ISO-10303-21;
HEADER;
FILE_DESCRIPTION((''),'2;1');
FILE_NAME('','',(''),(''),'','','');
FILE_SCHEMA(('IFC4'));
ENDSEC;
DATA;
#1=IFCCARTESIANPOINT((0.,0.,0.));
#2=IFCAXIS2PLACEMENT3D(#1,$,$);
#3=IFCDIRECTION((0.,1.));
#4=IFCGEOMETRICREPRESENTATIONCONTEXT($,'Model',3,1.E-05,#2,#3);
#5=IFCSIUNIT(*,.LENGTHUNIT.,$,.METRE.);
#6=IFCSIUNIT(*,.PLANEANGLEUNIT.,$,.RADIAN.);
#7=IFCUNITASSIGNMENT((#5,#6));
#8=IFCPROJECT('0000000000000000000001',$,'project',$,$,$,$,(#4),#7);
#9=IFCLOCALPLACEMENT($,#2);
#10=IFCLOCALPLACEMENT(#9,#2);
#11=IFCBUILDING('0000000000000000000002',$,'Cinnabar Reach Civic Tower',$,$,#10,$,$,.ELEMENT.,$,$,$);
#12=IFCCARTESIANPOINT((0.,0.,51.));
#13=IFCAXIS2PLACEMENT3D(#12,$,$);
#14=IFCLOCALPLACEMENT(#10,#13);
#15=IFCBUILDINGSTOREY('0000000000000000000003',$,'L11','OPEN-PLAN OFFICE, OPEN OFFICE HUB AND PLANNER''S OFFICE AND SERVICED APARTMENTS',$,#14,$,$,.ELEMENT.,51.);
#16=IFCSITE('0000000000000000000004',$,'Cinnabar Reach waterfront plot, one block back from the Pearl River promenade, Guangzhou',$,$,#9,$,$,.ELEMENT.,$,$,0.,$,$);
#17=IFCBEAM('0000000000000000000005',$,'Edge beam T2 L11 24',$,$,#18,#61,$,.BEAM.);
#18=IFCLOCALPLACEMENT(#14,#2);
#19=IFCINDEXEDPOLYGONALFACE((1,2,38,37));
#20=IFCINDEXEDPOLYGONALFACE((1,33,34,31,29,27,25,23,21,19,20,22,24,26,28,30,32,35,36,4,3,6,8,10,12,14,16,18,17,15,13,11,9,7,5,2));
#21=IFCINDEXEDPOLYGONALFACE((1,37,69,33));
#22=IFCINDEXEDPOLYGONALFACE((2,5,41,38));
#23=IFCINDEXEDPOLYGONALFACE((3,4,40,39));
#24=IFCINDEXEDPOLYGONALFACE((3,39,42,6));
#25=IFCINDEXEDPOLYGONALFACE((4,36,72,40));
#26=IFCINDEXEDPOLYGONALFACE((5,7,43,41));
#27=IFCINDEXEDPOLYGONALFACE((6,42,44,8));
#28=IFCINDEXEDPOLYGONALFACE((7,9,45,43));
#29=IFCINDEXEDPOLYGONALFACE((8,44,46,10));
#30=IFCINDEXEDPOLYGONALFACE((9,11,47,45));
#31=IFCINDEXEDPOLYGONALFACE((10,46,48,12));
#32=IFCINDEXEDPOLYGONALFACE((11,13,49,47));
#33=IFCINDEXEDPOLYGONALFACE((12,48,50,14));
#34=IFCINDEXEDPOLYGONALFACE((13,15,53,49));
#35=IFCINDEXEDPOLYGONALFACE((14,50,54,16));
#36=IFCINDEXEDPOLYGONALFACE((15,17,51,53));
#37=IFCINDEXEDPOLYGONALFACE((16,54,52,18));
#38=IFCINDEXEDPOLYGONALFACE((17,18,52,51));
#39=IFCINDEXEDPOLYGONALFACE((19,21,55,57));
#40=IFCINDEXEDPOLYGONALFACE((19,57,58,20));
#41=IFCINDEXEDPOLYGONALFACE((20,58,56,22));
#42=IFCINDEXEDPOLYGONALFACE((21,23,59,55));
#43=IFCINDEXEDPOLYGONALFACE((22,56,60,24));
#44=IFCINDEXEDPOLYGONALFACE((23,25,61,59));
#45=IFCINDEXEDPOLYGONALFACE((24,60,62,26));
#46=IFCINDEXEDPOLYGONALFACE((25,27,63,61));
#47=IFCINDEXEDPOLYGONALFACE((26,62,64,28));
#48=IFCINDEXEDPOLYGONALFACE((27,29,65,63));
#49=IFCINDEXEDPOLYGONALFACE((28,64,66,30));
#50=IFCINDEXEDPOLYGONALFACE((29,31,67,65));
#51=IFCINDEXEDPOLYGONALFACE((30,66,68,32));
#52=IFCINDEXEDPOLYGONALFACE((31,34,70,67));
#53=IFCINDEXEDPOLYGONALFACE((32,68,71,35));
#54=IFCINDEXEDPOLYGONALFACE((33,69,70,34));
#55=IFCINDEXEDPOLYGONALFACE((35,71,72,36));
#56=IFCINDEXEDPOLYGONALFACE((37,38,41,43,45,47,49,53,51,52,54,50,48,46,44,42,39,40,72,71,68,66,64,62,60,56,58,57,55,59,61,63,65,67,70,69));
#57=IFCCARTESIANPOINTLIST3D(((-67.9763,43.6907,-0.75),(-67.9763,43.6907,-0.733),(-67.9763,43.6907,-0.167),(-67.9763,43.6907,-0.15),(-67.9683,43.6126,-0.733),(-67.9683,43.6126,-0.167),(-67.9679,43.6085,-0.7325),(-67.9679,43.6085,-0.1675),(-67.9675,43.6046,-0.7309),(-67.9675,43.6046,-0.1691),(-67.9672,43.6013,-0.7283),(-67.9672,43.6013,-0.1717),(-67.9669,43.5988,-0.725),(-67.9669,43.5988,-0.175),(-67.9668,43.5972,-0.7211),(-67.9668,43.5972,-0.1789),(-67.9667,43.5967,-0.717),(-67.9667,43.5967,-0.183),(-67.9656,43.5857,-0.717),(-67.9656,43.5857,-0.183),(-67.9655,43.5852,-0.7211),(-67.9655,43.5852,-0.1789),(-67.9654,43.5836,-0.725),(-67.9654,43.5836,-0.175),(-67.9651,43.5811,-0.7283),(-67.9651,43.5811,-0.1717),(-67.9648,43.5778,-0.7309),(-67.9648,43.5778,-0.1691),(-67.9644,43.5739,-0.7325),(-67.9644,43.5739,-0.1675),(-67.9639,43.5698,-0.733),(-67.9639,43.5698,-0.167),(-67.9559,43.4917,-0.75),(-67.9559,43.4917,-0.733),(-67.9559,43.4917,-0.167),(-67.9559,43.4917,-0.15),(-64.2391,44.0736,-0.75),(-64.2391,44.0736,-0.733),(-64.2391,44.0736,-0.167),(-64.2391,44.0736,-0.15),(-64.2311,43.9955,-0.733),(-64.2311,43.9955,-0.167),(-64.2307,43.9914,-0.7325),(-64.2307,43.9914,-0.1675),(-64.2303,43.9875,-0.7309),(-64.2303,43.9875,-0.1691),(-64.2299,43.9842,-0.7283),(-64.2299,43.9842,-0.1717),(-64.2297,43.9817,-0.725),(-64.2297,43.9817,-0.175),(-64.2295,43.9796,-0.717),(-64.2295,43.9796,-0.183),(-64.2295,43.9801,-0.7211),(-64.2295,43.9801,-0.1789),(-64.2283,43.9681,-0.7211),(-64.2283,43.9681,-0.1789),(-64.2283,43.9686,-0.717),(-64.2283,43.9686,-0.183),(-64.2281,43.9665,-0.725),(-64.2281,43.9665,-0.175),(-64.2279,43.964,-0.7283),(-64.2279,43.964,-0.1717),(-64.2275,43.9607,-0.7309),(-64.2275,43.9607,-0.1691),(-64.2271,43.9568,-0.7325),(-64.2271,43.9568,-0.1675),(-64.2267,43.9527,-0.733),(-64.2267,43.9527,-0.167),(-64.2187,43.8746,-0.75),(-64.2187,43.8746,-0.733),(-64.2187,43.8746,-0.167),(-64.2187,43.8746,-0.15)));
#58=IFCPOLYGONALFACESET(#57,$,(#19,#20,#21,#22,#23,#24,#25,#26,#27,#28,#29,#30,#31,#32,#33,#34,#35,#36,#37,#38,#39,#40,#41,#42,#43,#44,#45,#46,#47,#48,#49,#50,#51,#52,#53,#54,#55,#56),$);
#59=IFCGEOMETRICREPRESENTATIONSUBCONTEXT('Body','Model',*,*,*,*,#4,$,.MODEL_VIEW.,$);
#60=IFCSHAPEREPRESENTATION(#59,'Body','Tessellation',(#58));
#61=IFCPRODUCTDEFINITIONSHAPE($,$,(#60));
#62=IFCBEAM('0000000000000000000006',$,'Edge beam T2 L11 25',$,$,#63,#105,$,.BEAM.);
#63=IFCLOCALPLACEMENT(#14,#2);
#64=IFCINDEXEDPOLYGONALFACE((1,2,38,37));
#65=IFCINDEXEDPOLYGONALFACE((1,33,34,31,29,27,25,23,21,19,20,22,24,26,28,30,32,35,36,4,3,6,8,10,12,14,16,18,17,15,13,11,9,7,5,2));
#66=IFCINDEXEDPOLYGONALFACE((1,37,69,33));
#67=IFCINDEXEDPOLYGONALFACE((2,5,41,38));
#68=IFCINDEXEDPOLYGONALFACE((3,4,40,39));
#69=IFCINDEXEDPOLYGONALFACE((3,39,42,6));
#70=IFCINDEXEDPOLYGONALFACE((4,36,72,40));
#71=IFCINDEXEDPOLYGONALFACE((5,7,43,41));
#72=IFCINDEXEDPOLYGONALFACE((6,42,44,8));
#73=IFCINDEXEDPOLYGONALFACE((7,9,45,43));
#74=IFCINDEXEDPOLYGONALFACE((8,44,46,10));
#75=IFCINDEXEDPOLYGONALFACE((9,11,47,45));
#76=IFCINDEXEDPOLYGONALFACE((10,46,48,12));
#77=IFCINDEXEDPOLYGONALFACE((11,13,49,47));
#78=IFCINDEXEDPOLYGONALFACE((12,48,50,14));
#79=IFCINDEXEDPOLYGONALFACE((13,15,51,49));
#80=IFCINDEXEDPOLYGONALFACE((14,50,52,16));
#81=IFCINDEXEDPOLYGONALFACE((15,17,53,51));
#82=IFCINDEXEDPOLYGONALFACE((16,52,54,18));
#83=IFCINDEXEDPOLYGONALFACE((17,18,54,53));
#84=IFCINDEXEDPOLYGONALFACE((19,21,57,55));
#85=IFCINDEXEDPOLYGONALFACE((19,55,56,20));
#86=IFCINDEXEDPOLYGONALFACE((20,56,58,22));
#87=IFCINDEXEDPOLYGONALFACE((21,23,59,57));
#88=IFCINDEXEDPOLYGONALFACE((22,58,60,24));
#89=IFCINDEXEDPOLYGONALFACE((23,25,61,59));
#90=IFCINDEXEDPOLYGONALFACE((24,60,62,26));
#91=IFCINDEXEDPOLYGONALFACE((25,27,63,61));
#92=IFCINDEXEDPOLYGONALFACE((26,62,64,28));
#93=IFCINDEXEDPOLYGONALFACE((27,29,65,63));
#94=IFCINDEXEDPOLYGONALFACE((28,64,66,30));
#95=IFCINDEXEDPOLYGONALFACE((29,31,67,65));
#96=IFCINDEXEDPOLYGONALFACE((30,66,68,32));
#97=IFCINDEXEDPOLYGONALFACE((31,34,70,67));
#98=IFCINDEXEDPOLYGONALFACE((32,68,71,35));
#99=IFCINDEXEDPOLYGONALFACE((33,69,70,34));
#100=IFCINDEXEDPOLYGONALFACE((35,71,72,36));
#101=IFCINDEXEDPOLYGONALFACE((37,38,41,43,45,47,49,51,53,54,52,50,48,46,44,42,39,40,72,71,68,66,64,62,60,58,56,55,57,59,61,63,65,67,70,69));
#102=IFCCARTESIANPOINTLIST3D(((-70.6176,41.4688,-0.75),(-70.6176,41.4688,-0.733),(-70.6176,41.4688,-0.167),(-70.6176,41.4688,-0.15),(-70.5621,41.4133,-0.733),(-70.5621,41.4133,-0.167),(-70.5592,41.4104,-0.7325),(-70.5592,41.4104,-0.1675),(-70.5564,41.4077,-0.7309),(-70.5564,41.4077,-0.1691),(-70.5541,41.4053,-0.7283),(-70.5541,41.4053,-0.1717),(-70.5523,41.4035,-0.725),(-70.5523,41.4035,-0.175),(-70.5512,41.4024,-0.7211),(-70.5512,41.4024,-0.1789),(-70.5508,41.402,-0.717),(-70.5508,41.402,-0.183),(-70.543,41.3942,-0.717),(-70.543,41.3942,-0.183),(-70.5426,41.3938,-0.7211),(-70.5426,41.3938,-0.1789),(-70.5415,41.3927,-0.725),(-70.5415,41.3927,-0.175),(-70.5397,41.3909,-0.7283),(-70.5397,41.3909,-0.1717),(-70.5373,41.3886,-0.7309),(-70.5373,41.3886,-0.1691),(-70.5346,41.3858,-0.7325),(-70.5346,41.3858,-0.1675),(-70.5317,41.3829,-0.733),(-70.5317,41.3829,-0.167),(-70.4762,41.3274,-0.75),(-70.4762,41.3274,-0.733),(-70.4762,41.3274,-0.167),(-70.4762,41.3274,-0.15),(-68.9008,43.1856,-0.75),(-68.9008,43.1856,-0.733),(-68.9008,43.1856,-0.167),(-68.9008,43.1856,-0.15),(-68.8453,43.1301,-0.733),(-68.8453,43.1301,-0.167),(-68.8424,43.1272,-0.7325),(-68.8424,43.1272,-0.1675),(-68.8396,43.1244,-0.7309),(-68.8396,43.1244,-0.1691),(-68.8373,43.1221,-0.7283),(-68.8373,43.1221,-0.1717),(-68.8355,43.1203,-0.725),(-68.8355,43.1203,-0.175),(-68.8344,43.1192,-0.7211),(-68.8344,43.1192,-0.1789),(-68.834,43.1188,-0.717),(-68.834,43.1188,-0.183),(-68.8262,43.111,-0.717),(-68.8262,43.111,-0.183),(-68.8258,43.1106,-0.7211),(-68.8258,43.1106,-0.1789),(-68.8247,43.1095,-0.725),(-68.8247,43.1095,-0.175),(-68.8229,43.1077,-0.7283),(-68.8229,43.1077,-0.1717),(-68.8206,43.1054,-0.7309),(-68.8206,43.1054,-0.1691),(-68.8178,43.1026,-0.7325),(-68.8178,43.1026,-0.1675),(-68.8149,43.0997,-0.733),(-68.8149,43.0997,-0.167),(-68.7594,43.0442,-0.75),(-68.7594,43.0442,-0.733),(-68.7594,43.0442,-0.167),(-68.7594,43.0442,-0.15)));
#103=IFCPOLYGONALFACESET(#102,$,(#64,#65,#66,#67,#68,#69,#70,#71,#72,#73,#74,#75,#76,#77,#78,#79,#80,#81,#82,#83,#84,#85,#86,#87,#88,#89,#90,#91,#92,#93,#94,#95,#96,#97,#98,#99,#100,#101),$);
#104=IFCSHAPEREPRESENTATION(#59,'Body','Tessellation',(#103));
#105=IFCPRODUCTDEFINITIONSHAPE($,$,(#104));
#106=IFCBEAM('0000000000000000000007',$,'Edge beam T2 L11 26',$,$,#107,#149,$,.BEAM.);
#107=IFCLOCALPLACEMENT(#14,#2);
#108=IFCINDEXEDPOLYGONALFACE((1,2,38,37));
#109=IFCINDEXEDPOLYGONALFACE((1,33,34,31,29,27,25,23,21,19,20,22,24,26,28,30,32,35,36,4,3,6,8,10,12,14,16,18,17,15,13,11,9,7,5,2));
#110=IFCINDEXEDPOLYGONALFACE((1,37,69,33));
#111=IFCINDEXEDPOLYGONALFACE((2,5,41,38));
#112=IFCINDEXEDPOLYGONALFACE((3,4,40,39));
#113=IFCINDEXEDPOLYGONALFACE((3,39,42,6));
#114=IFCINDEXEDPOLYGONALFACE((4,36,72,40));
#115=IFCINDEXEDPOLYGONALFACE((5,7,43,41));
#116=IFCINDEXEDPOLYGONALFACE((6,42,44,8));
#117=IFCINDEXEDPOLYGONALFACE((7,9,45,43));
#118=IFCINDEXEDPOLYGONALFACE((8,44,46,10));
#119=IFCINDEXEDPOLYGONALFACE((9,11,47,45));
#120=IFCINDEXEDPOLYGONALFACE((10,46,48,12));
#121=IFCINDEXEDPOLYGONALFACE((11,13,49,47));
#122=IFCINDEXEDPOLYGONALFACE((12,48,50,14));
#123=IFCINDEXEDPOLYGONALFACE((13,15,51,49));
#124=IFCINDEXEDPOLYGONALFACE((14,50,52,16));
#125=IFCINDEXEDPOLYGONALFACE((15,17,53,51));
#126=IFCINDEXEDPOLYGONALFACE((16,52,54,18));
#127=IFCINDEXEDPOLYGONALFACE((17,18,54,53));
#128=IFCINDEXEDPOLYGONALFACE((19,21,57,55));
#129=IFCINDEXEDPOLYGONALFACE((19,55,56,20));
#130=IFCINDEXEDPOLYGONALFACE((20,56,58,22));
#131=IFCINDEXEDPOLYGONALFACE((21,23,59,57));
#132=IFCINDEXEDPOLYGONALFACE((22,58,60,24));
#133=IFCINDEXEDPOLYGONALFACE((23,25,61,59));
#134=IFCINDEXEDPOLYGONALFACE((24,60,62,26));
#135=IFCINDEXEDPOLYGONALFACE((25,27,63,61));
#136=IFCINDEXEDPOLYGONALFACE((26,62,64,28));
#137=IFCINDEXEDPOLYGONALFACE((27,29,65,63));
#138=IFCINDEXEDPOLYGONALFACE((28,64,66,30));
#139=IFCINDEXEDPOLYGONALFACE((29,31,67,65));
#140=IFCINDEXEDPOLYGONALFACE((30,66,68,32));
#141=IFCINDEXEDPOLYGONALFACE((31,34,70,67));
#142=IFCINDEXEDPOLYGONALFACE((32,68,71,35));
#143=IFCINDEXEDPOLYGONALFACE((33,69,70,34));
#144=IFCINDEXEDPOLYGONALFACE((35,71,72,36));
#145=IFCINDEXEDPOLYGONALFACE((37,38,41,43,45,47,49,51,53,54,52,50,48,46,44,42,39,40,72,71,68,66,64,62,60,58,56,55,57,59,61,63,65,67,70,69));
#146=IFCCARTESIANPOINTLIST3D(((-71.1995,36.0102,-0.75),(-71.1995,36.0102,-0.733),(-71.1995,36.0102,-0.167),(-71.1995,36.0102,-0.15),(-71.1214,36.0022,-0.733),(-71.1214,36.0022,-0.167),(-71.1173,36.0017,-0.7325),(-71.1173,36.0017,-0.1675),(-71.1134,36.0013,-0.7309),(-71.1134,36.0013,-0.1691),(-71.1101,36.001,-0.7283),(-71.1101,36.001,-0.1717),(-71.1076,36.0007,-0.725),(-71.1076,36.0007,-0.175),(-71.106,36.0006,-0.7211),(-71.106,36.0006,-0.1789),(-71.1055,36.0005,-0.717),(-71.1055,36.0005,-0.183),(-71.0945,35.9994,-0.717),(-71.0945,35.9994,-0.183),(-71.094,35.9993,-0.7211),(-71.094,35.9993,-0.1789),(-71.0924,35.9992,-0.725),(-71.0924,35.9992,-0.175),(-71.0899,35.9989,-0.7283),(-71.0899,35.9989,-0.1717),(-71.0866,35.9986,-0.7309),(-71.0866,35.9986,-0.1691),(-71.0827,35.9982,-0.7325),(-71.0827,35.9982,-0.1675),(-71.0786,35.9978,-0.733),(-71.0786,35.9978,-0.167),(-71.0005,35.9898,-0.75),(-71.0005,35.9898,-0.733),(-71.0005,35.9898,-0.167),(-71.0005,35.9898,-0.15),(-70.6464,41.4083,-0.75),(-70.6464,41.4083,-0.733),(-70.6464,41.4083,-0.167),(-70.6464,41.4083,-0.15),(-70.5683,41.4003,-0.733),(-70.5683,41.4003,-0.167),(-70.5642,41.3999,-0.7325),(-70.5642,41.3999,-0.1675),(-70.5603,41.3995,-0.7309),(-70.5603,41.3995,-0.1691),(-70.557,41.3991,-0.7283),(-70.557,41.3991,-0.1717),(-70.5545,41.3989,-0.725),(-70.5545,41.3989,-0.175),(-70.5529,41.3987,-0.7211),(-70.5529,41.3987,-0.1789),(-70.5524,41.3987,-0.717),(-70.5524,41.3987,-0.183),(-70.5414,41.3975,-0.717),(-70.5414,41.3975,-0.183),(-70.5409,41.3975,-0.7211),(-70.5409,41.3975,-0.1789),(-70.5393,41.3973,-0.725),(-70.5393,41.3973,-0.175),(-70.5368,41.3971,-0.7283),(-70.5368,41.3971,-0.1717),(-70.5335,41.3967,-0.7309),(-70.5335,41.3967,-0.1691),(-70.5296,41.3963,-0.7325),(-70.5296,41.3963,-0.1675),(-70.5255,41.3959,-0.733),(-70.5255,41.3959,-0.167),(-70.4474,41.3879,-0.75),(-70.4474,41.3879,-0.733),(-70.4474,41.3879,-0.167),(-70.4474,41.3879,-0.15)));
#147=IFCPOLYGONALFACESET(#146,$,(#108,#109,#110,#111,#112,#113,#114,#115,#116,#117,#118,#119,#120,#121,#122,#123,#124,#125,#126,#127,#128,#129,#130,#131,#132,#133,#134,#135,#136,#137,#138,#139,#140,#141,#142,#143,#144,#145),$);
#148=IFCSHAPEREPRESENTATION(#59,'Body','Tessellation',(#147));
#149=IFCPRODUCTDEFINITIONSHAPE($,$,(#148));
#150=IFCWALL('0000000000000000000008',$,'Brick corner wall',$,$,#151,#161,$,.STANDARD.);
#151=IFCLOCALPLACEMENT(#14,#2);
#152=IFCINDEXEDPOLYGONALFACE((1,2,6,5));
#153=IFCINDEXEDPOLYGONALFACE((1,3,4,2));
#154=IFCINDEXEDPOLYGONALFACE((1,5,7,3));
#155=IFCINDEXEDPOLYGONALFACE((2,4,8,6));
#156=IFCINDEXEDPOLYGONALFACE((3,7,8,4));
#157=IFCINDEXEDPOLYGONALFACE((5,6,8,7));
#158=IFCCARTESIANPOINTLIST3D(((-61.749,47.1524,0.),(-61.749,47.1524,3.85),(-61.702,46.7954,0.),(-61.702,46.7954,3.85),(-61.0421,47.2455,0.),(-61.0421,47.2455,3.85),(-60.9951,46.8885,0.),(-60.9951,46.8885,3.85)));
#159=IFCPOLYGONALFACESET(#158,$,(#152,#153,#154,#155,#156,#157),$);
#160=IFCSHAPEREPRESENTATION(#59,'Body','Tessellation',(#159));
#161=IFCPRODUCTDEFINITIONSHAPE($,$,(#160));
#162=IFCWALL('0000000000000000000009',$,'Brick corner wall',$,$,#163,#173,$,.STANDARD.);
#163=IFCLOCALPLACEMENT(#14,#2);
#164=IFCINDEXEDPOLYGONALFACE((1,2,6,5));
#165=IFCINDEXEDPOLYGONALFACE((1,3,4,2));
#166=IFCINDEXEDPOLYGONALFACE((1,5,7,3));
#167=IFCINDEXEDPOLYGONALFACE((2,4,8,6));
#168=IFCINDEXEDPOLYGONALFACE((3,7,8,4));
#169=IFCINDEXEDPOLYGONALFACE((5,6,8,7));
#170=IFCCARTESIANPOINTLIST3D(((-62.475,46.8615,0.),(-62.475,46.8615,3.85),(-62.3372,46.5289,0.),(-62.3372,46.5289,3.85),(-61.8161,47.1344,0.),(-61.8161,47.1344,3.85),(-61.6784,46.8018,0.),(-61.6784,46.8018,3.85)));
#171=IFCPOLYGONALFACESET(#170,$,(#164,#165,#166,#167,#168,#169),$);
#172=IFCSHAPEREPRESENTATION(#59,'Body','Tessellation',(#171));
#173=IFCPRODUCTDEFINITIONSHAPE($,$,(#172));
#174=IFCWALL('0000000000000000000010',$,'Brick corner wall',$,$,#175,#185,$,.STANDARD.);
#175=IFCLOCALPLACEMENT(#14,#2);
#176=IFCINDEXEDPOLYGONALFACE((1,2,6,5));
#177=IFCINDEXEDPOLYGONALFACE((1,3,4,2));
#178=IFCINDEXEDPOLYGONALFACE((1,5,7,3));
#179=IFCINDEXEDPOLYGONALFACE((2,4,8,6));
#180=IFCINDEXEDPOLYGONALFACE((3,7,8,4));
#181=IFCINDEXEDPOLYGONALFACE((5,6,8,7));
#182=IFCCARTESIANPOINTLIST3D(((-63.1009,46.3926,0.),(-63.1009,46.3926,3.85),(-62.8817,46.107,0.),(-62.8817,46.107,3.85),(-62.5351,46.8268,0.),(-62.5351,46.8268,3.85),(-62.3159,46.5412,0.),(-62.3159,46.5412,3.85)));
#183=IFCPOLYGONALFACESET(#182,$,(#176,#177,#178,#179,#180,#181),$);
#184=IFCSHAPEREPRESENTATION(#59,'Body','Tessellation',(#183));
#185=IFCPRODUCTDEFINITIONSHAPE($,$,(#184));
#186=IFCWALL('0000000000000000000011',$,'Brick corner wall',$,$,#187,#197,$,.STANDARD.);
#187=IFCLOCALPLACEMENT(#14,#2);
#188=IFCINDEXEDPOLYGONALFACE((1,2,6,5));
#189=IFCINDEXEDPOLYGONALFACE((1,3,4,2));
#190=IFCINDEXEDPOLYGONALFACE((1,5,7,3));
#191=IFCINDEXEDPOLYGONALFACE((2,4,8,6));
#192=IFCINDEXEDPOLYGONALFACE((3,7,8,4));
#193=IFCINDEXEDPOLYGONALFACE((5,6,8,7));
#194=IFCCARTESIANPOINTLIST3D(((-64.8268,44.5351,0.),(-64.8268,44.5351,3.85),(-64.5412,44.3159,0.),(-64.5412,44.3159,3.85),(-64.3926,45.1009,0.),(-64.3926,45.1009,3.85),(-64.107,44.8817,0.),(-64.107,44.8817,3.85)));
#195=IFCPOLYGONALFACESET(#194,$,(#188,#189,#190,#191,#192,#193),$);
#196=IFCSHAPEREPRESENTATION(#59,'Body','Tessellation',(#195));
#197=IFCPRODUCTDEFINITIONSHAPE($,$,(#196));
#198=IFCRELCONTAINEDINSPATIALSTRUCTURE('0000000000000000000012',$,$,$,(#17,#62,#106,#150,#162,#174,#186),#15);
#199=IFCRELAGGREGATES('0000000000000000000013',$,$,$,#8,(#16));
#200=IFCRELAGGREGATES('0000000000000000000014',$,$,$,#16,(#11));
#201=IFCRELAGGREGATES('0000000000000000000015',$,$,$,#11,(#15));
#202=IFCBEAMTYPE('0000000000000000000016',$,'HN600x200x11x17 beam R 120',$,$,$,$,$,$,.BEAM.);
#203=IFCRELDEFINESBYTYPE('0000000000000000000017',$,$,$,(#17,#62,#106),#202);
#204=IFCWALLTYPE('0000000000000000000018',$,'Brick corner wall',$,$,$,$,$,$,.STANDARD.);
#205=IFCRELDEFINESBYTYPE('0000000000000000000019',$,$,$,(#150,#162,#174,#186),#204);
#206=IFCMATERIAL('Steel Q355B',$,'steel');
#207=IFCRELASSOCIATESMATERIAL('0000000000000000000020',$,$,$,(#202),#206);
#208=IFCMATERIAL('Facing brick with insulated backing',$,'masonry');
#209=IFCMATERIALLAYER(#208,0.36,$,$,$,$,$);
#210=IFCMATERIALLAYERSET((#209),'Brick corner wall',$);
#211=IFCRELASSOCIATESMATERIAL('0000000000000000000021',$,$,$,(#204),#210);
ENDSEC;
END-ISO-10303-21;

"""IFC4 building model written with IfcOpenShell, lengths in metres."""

from ifc_helpers import new_model, si_unit, direction, frame, frame_2d, origin, origin_2d, place, context, subcontext, project, spatial, rectangle, i_section, extrude, material, layer, layer_set, material_profile, profile_set, type_object, element, save


model = new_model("IFC4")

# Units and contexts
model_context = context("Model", 3, precision=1e-05, world=origin(), true_north=direction((0.0, 1.0)))
body_context = subcontext(model_context, "Body", "Model", "MODEL_VIEW")
ifc_project = project(units=[si_unit("LENGTHUNIT", "METRE"), si_unit("PLANEANGLEUNIT", "RADIAN")], contexts=[model_context])

# Site, building, storey
site_placement = place(None, origin())
site = spatial("IfcSite", under=ifc_project, at=site_placement, Name="Cinnabar Reach waterfront plot, one block back from the Pearl River promenade, Guangzhou", CompositionType="ELEMENT", RefElevation=0.0)
building_placement = place(site_placement, origin())
building = spatial("IfcBuilding", under=site, at=building_placement, Name="Cinnabar Reach Civic Tower", CompositionType="ELEMENT")
storey_placement = place(building_placement, frame((0.0, 0.0, 51.0)))
storey = spatial("IfcBuildingStorey", under=building, at=storey_placement, Name="L11", Description="OPEN-PLAN OFFICE, OPEN OFFICE HUB AND PLANNER'S OFFICE AND SERVICED APARTMENTS", CompositionType="ELEMENT", Elevation=51.0)

# Beams
ifc_material_1 = material(Name="Steel Q355B", Category="steel")
ifc_material_profile_1 = material_profile(ifc_material_1, i_section(OverallWidth=0.2, OverallDepth=0.6, WebThickness=0.011, FlangeThickness=0.017, FilletRadius=0.016, at=origin_2d()), Name="HN600x200x11x17")
ifc_profile_set_1 = profile_set([ifc_material_profile_1], Name="Steel Q355B")
beam_type_1 = type_object("IfcBeamType", Name="HN600x200x11x17 beam R 120", PredefinedType="BEAM", material=ifc_profile_set_1)
beam_1_placement = place(storey_placement, frame((-64.2289, 43.9741, -0.45), z_axis=(-0.994792, -0.101923, 0.0), x_axis=(0.101923, -0.994792, 0.0)))
element("IfcBeam", 1, at=beam_1_placement, inside=storey, type_object=beam_type_1, Name="Edge beam T2 L11 24", PredefinedType="BEAM", context=body_context, shape_type="SweptSolid", body=[
    extrude(i_section(OverallWidth=0.2, OverallDepth=0.6, WebThickness=0.011, FlangeThickness=0.017, FilletRadius=0.016, at=origin_2d()), origin(), (0.0, 0.0, 1.0), 3.7568),
])
beam_2_placement = place(storey_placement, frame((-68.8301, 43.1149, -0.45), z_axis=(-0.707107, -0.707107, 0.0), x_axis=(0.707107, -0.707107, 0.0)))
element("IfcBeam", 2, at=beam_2_placement, inside=storey, type_object=beam_type_1, Name="Edge beam T2 L11 25", PredefinedType="BEAM", context=body_context, shape_type="SweptSolid", body=[
    extrude(i_section(OverallWidth=0.2, OverallDepth=0.6, WebThickness=0.011, FlangeThickness=0.017, FilletRadius=0.016, at=origin_2d()), origin(), (0.0, 0.0, 1.0), 2.4279),
])
beam_3_placement = place(storey_placement, frame((-70.5469, 41.3981, -0.45), z_axis=(-0.101928, -0.994792, 0.0), x_axis=(0.994792, -0.101928, 0.0)))
element("IfcBeam", 3, at=beam_3_placement, inside=storey, type_object=beam_type_1, Name="Edge beam T2 L11 26", PredefinedType="BEAM", context=body_context, shape_type="SweptSolid", body=[
    extrude(i_section(OverallWidth=0.2, OverallDepth=0.6, WebThickness=0.011, FlangeThickness=0.017, FilletRadius=0.016, at=origin_2d()), origin(), (0.0, 0.0, 1.0), 5.4264),
])

# Walls
ifc_material_2 = material(Name="Facing brick with insulated backing", Category="masonry")
ifc_layer_1 = layer(ifc_material_2, 0.36)
ifc_layer_set_1 = layer_set([ifc_layer_1], Name="Brick corner wall")
wall_type_1 = type_object("IfcWallType", Name="Brick corner wall", PredefinedType="STANDARD", material=ifc_layer_set_1)
for number, where, z_axis, x_axis, name in (
    (4, (-61.0186, 47.067, 0.0), (0.0, 0.0, 1.0), (-0.991441, -0.130556, 0.0), "Brick corner wall"),
    (5, (-61.7473, 46.9681, 0.0), (0.0, 0.0, 1.0), (-0.923872, -0.382703, 0.0), "Brick corner wall"),
):
    element("IfcWall", number, at=place(storey_placement, frame(where, z_axis=z_axis, x_axis=x_axis)), inside=storey, type_object=wall_type_1, Name=name, PredefinedType="STANDARD", context=body_context, shape_type="SweptSolid", body=[
        extrude(rectangle(XDim=0.7131, YDim=0.36, at=frame_2d((0.3565, 0.0))), origin(), (0.0, 0.0, 1.0), 3.85),
    ])
for number, where, z_axis, x_axis, name in (
    (6, (-62.4255, 46.684, 0.0), (0.0, 0.0, 1.0), (-0.793322, -0.608802, 0.0), "Brick corner wall"),
    (7, (-64.2498, 44.9913, 0.0), (0.0, 0.0, 1.0), (-0.608802, -0.793322, 0.0), "Brick corner wall"),
):
    element("IfcWall", number, at=place(storey_placement, frame(where, z_axis=z_axis, x_axis=x_axis)), inside=storey, type_object=wall_type_1, Name=name, PredefinedType="STANDARD", context=body_context, shape_type="SweptSolid", body=[
        extrude(rectangle(XDim=0.7132, YDim=0.36, at=frame_2d((0.3566, 0.0))), origin(), (0.0, 0.0, 1.0), 3.85),
    ])

save(model, "model.ifc")
